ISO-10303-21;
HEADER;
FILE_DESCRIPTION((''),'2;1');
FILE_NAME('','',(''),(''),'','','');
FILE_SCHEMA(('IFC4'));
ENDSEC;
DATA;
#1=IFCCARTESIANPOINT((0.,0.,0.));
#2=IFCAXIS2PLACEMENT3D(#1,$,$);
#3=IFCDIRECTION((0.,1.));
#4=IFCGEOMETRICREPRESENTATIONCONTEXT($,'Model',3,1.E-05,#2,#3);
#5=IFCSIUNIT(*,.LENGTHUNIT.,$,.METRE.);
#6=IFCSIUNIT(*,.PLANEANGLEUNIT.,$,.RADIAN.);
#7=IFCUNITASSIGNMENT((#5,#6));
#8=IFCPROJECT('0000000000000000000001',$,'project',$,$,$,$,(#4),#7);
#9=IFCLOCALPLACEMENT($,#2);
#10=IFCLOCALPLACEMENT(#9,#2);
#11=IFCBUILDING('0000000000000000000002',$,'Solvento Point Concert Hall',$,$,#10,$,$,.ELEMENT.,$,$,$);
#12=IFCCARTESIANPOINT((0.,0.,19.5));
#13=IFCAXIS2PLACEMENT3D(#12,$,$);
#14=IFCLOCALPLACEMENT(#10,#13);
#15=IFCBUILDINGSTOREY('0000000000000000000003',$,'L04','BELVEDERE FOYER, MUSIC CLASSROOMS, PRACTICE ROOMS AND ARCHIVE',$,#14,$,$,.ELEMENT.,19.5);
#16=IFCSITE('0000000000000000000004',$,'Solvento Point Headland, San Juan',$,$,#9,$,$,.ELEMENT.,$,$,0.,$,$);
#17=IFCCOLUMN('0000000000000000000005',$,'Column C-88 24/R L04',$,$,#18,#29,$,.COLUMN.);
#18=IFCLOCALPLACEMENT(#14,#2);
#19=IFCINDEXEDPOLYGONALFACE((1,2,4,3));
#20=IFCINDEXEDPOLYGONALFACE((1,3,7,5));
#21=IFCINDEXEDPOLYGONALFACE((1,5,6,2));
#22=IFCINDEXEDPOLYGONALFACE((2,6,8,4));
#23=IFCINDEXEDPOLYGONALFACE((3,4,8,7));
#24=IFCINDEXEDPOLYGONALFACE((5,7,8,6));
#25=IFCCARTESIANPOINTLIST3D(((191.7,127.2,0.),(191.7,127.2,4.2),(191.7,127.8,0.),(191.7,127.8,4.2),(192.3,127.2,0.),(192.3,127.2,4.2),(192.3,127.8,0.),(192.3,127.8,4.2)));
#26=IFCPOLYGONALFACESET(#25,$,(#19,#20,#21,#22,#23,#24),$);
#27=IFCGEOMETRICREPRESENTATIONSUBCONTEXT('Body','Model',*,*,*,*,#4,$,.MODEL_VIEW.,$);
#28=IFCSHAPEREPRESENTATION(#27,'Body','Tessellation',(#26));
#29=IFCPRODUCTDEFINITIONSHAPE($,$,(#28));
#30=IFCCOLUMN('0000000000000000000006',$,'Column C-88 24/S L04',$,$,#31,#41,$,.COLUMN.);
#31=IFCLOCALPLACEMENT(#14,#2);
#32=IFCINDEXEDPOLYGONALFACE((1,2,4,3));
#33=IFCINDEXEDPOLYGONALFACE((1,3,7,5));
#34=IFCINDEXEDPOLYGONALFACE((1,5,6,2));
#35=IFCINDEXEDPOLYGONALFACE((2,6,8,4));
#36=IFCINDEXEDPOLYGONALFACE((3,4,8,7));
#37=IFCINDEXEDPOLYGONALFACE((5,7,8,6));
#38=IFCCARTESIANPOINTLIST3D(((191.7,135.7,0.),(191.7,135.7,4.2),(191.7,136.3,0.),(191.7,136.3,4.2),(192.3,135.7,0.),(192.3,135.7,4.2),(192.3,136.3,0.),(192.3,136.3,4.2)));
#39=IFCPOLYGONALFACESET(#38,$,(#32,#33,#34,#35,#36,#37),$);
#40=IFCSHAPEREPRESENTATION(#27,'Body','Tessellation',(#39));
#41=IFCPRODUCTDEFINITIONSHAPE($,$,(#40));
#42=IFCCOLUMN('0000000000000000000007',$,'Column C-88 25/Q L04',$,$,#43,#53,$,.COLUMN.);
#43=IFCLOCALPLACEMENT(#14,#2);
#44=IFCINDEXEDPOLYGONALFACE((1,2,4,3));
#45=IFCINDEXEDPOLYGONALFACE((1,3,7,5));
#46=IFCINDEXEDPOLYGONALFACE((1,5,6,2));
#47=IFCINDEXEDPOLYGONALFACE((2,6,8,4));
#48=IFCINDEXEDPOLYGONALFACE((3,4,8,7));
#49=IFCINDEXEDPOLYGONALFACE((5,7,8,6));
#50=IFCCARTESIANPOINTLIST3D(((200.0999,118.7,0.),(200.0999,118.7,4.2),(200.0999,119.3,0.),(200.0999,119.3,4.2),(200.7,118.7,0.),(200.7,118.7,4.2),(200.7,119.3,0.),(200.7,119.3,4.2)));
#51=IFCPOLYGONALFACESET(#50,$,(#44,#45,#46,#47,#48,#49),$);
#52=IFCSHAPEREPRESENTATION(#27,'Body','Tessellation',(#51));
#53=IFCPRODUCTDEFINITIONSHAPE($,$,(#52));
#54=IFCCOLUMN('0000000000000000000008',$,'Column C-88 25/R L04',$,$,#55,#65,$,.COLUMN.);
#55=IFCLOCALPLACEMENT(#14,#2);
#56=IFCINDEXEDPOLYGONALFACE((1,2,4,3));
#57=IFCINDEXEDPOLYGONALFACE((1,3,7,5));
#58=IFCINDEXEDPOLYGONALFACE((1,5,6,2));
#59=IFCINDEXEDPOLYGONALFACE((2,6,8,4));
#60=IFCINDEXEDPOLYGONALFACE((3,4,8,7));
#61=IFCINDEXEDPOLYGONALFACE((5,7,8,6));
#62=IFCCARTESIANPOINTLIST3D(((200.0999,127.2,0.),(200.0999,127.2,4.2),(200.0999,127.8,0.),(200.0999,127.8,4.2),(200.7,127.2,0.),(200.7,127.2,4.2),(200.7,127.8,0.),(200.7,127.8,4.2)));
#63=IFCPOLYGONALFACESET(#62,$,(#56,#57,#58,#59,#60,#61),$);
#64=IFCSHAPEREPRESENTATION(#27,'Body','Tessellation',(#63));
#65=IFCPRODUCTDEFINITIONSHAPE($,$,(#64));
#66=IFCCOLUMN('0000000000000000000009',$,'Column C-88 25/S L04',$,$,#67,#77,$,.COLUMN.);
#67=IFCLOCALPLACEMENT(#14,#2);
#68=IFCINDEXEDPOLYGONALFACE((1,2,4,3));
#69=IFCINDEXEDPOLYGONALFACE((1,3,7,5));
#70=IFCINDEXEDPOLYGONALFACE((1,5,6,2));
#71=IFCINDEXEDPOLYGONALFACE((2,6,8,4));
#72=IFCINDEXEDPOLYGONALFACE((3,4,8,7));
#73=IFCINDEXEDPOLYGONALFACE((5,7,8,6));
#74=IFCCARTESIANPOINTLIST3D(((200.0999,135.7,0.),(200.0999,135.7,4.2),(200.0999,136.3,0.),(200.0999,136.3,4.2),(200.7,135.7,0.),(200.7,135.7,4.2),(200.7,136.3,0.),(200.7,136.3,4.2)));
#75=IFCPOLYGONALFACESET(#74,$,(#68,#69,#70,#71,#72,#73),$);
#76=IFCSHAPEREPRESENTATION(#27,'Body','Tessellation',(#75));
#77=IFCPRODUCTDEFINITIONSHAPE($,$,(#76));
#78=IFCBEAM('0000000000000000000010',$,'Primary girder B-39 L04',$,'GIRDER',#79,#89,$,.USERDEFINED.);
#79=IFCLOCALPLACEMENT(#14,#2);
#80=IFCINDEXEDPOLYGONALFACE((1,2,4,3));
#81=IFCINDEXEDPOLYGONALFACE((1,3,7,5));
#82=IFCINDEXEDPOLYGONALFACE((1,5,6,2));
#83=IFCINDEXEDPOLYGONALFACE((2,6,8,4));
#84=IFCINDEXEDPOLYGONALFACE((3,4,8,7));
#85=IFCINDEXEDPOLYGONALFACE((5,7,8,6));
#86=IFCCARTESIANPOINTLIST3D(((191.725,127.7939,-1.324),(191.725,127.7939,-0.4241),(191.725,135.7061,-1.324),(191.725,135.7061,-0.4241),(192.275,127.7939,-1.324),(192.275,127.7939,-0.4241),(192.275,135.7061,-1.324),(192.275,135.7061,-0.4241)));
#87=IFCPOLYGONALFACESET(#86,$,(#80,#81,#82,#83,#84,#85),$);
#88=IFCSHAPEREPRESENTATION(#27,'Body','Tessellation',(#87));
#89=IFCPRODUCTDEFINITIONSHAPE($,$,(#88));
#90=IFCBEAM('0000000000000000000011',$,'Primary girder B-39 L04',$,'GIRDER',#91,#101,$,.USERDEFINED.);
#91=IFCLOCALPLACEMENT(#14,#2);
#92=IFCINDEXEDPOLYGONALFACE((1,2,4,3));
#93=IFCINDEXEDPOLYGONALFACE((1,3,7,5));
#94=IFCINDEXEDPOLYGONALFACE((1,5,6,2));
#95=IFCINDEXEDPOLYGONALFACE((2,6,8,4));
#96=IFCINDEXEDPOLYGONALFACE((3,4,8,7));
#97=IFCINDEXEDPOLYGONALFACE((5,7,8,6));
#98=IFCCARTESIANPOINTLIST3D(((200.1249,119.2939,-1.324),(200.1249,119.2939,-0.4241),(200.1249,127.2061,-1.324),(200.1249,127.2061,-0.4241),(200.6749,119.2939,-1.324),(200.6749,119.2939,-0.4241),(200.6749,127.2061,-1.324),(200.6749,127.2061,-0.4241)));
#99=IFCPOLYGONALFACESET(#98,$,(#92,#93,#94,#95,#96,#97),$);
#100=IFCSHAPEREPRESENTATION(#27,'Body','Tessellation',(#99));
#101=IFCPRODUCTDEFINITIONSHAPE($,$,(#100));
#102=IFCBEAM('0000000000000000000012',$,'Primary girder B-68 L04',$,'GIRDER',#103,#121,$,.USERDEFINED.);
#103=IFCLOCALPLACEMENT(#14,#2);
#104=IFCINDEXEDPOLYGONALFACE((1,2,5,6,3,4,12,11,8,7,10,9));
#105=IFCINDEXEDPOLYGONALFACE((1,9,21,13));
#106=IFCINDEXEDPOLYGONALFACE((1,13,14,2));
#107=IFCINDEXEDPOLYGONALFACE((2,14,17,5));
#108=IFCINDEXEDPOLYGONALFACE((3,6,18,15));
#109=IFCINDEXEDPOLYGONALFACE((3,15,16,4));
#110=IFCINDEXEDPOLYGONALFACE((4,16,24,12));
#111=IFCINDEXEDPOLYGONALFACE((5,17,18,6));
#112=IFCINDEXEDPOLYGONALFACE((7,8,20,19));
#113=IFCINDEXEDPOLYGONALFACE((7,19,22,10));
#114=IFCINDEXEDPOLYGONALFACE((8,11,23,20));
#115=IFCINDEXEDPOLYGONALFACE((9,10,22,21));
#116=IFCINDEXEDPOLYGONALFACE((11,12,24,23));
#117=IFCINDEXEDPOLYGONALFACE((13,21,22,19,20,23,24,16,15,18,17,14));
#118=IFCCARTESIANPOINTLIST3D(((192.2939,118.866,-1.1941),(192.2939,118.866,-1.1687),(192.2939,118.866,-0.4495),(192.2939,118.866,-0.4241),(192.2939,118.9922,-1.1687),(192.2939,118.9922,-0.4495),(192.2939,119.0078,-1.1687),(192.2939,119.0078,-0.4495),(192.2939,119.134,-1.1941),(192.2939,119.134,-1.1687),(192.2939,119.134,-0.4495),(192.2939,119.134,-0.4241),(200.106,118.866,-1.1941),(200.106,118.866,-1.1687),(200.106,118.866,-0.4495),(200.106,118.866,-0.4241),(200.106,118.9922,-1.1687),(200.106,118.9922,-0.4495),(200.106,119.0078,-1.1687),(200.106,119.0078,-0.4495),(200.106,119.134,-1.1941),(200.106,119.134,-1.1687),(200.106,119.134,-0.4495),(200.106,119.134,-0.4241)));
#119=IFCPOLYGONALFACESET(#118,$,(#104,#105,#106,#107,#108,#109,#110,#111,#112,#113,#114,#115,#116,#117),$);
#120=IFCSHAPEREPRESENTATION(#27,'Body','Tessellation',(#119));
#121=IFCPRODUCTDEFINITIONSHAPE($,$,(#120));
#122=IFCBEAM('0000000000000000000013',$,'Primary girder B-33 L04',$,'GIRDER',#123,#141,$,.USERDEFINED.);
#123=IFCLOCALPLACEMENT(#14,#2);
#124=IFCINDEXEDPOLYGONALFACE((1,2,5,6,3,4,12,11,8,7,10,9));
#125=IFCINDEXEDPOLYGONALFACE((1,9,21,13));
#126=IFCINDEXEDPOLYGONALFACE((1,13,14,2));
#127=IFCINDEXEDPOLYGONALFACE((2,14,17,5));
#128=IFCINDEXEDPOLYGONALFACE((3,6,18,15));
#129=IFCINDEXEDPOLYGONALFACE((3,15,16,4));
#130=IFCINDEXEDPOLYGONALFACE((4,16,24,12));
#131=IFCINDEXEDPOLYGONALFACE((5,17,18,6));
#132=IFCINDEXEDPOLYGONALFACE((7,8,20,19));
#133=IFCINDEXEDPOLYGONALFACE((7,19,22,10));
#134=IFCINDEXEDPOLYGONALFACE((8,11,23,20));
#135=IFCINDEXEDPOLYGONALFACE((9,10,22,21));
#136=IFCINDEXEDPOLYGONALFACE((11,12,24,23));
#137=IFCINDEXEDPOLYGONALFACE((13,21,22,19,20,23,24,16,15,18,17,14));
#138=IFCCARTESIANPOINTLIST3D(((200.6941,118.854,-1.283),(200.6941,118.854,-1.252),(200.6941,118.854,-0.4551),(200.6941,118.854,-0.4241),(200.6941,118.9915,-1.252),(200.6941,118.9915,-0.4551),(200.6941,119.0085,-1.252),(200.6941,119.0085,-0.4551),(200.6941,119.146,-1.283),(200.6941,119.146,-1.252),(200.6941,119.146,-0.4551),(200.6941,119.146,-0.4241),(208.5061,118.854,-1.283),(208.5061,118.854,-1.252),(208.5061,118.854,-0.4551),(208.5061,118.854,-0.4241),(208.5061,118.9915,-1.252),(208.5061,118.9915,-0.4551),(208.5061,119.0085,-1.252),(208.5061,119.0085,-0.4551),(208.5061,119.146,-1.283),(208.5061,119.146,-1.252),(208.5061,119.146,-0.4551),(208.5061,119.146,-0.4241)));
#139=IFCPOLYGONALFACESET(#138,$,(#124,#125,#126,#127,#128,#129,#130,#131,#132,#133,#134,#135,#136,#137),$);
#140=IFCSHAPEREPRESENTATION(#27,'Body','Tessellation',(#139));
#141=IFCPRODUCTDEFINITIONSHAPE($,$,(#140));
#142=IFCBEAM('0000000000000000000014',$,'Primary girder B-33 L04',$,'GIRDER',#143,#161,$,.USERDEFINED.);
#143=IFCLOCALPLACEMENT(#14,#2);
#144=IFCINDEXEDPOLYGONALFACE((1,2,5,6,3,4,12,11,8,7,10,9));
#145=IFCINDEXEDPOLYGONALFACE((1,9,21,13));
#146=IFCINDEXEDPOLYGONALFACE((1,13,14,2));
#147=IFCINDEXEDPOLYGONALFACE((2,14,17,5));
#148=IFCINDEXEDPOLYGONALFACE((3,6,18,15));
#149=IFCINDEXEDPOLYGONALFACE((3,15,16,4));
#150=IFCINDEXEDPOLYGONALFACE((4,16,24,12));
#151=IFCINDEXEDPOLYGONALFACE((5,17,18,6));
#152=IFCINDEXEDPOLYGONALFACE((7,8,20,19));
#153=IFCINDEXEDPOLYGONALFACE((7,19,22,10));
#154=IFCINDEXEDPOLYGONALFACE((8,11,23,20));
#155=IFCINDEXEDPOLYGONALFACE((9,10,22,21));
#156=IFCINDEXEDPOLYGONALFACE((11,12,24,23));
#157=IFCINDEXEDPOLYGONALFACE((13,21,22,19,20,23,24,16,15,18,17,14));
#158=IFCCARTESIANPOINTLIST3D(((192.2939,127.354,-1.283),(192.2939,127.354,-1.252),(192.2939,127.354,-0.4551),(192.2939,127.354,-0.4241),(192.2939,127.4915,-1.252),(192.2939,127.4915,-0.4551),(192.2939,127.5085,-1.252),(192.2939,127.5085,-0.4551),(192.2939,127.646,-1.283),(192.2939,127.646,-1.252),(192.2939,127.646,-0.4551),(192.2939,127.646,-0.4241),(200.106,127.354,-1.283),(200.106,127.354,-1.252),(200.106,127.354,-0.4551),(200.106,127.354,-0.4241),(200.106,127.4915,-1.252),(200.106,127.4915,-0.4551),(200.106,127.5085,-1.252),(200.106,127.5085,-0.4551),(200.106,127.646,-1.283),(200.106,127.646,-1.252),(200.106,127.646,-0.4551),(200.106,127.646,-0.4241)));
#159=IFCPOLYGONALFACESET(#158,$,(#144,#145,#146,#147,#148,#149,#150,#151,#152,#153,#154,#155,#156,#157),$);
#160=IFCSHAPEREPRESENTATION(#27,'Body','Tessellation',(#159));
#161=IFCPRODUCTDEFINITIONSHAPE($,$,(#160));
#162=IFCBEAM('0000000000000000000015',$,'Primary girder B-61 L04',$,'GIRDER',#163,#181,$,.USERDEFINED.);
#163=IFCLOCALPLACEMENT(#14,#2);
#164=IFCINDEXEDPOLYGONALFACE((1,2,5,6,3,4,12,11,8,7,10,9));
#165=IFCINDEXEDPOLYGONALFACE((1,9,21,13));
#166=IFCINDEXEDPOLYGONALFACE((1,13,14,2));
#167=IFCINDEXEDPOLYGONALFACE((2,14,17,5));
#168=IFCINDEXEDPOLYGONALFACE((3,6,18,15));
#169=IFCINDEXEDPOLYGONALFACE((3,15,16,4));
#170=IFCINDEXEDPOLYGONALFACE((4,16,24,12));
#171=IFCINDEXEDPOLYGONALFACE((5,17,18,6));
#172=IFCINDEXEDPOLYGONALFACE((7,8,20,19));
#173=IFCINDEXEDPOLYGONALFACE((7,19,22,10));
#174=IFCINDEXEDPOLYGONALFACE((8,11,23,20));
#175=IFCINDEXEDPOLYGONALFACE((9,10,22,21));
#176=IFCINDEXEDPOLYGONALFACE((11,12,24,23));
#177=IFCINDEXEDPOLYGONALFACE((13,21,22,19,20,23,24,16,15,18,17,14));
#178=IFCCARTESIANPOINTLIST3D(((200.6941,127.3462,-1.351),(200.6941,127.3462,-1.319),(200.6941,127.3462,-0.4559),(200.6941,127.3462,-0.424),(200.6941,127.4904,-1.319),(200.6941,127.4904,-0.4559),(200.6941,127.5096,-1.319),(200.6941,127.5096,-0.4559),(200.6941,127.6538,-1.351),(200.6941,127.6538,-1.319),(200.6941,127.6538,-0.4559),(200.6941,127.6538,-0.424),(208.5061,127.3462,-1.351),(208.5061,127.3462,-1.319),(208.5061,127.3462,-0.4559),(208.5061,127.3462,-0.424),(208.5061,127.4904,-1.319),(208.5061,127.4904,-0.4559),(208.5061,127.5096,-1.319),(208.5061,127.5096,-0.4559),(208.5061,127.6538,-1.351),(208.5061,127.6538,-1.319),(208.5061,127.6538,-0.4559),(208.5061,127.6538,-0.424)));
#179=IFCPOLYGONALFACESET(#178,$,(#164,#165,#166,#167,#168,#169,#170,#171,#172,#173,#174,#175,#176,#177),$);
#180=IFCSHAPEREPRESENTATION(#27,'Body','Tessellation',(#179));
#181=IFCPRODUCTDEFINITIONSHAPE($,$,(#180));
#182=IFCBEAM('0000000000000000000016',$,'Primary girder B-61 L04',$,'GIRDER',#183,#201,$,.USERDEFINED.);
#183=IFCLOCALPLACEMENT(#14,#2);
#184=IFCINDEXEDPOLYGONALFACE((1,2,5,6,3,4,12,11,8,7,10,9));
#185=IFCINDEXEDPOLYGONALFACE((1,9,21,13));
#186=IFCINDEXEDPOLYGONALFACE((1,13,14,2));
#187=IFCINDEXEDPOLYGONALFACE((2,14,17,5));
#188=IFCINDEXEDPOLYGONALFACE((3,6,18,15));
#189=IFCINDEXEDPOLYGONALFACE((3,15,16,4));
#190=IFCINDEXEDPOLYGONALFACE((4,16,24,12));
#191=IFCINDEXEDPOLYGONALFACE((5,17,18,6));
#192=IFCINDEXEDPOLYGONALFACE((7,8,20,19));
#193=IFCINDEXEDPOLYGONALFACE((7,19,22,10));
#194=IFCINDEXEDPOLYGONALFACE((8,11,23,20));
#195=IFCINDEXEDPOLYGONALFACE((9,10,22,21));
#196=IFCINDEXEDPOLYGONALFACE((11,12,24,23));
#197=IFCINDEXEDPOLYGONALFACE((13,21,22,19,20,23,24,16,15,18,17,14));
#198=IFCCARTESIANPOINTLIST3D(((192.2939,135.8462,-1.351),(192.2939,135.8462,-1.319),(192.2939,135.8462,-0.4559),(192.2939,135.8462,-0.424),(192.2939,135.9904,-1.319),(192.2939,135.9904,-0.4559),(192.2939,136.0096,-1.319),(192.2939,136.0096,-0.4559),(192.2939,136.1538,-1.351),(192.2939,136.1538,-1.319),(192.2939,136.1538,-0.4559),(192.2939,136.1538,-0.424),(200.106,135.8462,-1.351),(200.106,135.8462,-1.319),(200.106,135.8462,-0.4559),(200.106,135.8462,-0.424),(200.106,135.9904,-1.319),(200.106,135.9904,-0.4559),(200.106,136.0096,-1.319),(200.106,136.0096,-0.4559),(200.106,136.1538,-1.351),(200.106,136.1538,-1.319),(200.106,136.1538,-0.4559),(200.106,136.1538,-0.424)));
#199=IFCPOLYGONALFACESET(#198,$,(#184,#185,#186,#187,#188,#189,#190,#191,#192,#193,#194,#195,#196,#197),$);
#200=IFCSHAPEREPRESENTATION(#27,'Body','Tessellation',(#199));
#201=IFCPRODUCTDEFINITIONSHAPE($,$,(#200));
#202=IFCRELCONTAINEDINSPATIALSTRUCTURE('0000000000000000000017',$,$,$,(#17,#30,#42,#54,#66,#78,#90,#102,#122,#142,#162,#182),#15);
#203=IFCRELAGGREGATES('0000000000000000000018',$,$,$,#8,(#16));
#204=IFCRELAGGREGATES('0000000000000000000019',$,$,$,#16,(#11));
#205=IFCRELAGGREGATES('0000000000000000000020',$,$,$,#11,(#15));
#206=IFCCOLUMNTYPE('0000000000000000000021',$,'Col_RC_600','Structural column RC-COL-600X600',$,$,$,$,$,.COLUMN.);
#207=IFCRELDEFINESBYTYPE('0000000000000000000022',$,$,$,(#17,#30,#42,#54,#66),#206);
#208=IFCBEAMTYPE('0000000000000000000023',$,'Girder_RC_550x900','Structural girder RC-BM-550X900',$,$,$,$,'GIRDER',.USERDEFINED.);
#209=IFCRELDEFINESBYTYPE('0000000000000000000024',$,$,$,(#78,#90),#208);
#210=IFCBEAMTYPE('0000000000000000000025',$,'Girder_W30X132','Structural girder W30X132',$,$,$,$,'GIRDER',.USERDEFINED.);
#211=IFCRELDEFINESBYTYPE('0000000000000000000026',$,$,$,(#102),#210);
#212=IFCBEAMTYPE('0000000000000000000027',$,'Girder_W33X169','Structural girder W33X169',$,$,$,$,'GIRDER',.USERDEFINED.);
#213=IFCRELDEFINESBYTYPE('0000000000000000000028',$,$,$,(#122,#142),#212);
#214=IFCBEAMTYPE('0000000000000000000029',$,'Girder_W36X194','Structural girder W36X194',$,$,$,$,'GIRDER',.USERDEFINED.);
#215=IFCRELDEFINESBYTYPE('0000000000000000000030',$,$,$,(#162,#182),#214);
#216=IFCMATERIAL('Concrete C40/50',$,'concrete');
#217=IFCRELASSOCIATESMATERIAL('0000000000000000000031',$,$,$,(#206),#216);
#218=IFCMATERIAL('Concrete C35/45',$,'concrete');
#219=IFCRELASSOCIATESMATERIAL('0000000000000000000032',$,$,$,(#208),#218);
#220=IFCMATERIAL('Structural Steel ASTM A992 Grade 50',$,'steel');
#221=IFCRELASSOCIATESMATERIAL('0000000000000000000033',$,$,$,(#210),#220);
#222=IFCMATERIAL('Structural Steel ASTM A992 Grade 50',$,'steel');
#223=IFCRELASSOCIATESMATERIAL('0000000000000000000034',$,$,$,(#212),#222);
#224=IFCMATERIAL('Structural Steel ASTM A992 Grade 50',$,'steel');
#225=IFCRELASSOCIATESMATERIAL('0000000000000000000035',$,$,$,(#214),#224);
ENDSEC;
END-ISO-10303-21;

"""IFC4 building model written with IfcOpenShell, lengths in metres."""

from ifc_helpers import new_model, si_unit, direction, frame, origin, origin_2d, place, context, subcontext, project, spatial, rectangle, i_section, extrude, material, material_profile, profile_set, type_object, element, save


model = new_model("IFC4")

# Units and contexts
model_context = context("Model", 3, precision=1e-05, world=origin(), true_north=direction((0.0, 1.0)))
body_context = subcontext(model_context, "Body", "Model", "MODEL_VIEW")
ifc_project = project(units=[si_unit("LENGTHUNIT", "METRE"), si_unit("PLANEANGLEUNIT", "RADIAN")], contexts=[model_context])

# Site, building, storey
site_placement = place(None, origin())
site = spatial("IfcSite", under=ifc_project, at=site_placement, Name="Solvento Point Headland, San Juan", CompositionType="ELEMENT", RefElevation=0.0)
building_placement = place(site_placement, origin())
building = spatial("IfcBuilding", under=site, at=building_placement, Name="Solvento Point Concert Hall", CompositionType="ELEMENT")
storey_placement = place(building_placement, frame((0.0, 0.0, 19.5)))
storey = spatial("IfcBuildingStorey", under=building, at=storey_placement, Name="L04", Description="BELVEDERE FOYER, MUSIC CLASSROOMS, PRACTICE ROOMS AND ARCHIVE", CompositionType="ELEMENT", Elevation=19.5)

# Columns
ifc_material_1 = material(Name="Concrete C40/50", Category="concrete")
ifc_material_profile_1 = material_profile(ifc_material_1, rectangle(XDim=0.6001, YDim=0.6001, at=origin_2d()), Name="RC-COL-600X600")
ifc_profile_set_1 = profile_set([ifc_material_profile_1], Name="Concrete C40/50")
column_type = type_object("IfcColumnType", Name="Col_RC_600", Description="Structural column RC-COL-600X600", PredefinedType="COLUMN", material=ifc_profile_set_1)
for number, where, z_axis, x_axis, name in (
    (1, (192.0, 127.5, 0.0), (0.0, 0.0, 1.0), (1.0, 0.0, 0.0), "Column C-88 24/R L04"),
    (2, (192.0, 136.0, 0.0), (0.0, 0.0, 1.0), (1.0, 0.0, 0.0), "Column C-88 24/S L04"),
    (3, (200.3999, 119.0, 0.0), (0.0, 0.0, 1.0), (1.0, 0.0, 0.0), "Column C-88 25/Q L04"),
    (4, (200.3999, 127.5, 0.0), (0.0, 0.0, 1.0), (1.0, 0.0, 0.0), "Column C-88 25/R L04"),
    (5, (200.3999, 136.0, 0.0), (0.0, 0.0, 1.0), (1.0, 0.0, 0.0), "Column C-88 25/S L04"),
):
    element("IfcColumn", number, at=place(storey_placement, frame(where, z_axis=z_axis, x_axis=x_axis)), inside=storey, type_object=column_type, Name=name, PredefinedType="COLUMN", context=body_context, shape_type="SweptSolid", body=[
        extrude(rectangle(XDim=0.6001, YDim=0.6001, at=origin_2d()), origin(), (0.0, 0.0, 1.0), 4.2),
    ])

# Beams
ifc_material_2 = material(Name="Concrete C35/45", Category="concrete")
ifc_material_profile_2 = material_profile(ifc_material_2, rectangle(XDim=0.55, YDim=0.8999, at=origin_2d()), Name="RC-BM-550X900")
ifc_profile_set_2 = profile_set([ifc_material_profile_2], Name="Concrete C35/45")
beam_type_1 = type_object("IfcBeamType", Name="Girder_RC_550x900", Description="Structural girder RC-BM-550X900", ElementType="GIRDER", PredefinedType="USERDEFINED", material=ifc_profile_set_2)
for number, where, z_axis, x_axis, name in (
    (6, (192.0, 127.7939, -0.874), (0.0, 1.0, 0.0), (-1.0, 0.0, 0.0), "Primary girder B-39 L04"),
    (7, (200.3999, 119.2939, -0.874), (0.0, 1.0, 0.0), (-1.0, 0.0, 0.0), "Primary girder B-39 L04"),
):
    element("IfcBeam", number, at=place(storey_placement, frame(where, z_axis=z_axis, x_axis=x_axis)), inside=storey, type_object=beam_type_1, Name=name, ObjectType="GIRDER", PredefinedType="USERDEFINED", context=body_context, shape_type="SweptSolid", body=[
        extrude(rectangle(XDim=0.55, YDim=0.8999, at=origin_2d()), origin(), (0.0, 0.0, 1.0), 7.9121),
    ])
ifc_material_3 = material(Name="Structural Steel ASTM A992 Grade 50", Category="steel")
ifc_material_profile_3 = material_profile(ifc_material_3, i_section(OverallWidth=0.2681, OverallDepth=0.77, WebThickness=0.0156, FlangeThickness=0.0254, at=origin_2d()), Name="W30X132")
ifc_profile_set_3 = profile_set([ifc_material_profile_3], Name="Structural Steel ASTM A992 Grade 50")
beam_type_2 = type_object("IfcBeamType", Name="Girder_W30X132", Description="Structural girder W30X132", ElementType="GIRDER", PredefinedType="USERDEFINED", material=ifc_profile_set_3)
beam_1_placement = place(storey_placement, frame((192.2939, 119.0, -0.8091), z_axis=(1.0, 0.0, 0.0), x_axis=(0.0, 1.0, 0.0)))
element("IfcBeam", 8, at=beam_1_placement, inside=storey, type_object=beam_type_2, Name="Primary girder B-68 L04", ObjectType="GIRDER", PredefinedType="USERDEFINED", context=body_context, shape_type="SweptSolid", body=[
    extrude(i_section(OverallWidth=0.2681, OverallDepth=0.77, WebThickness=0.0156, FlangeThickness=0.0254, at=origin_2d()), origin(), (0.0, 0.0, 1.0), 7.812),
])
ifc_material_4 = material(Name="Structural Steel ASTM A992 Grade 50", Category="steel")
ifc_material_profile_4 = material_profile(ifc_material_4, i_section(OverallWidth=0.292, OverallDepth=0.8589, WebThickness=0.0171, FlangeThickness=0.031, at=origin_2d()), Name="W33X169")
ifc_profile_set_4 = profile_set([ifc_material_profile_4], Name="Structural Steel ASTM A992 Grade 50")
beam_type_3 = type_object("IfcBeamType", Name="Girder_W33X169", Description="Structural girder W33X169", ElementType="GIRDER", PredefinedType="USERDEFINED", material=ifc_profile_set_4)
for number, where, z_axis, x_axis, name in (
    (9, (200.6941, 119.0, -0.8535), (1.0, 0.0, 0.0), (0.0, 1.0, 0.0), "Primary girder B-33 L04"),
    (10, (192.2939, 127.5, -0.8535), (1.0, 0.0, 0.0), (0.0, 1.0, 0.0), "Primary girder B-33 L04"),
):
    element("IfcBeam", number, at=place(storey_placement, frame(where, z_axis=z_axis, x_axis=x_axis)), inside=storey, type_object=beam_type_3, Name=name, ObjectType="GIRDER", PredefinedType="USERDEFINED", context=body_context, shape_type="SweptSolid", body=[
        extrude(i_section(OverallWidth=0.292, OverallDepth=0.8589, WebThickness=0.0171, FlangeThickness=0.031, at=origin_2d()), origin(), (0.0, 0.0, 1.0), 7.812),
    ])
ifc_material_5 = material(Name="Structural Steel ASTM A992 Grade 50", Category="steel")
ifc_material_profile_5 = material_profile(ifc_material_5, i_section(OverallWidth=0.3076, OverallDepth=0.927, WebThickness=0.0193, FlangeThickness=0.032, at=origin_2d()), Name="W36X194")
ifc_profile_set_5 = profile_set([ifc_material_profile_5], Name="Structural Steel ASTM A992 Grade 50")
beam_type_4 = type_object("IfcBeamType", Name="Girder_W36X194", Description="Structural girder W36X194", ElementType="GIRDER", PredefinedType="USERDEFINED", material=ifc_profile_set_5)
for number, where, z_axis, x_axis, name in (
    (11, (200.6941, 127.5, -0.8875), (1.0, 0.0, 0.0), (0.0, 1.0, 0.0), "Primary girder B-61 L04"),
    (12, (192.2939, 136.0, -0.8875), (1.0, 0.0, 0.0), (0.0, 1.0, 0.0), "Primary girder B-61 L04"),
):
    element("IfcBeam", number, at=place(storey_placement, frame(where, z_axis=z_axis, x_axis=x_axis)), inside=storey, type_object=beam_type_4, Name=name, ObjectType="GIRDER", PredefinedType="USERDEFINED", context=body_context, shape_type="SweptSolid", body=[
        extrude(i_section(OverallWidth=0.3076, OverallDepth=0.927, WebThickness=0.0193, FlangeThickness=0.032, at=origin_2d()), origin(), (0.0, 0.0, 1.0), 7.812),
    ])

save(model, "model.ifc")
